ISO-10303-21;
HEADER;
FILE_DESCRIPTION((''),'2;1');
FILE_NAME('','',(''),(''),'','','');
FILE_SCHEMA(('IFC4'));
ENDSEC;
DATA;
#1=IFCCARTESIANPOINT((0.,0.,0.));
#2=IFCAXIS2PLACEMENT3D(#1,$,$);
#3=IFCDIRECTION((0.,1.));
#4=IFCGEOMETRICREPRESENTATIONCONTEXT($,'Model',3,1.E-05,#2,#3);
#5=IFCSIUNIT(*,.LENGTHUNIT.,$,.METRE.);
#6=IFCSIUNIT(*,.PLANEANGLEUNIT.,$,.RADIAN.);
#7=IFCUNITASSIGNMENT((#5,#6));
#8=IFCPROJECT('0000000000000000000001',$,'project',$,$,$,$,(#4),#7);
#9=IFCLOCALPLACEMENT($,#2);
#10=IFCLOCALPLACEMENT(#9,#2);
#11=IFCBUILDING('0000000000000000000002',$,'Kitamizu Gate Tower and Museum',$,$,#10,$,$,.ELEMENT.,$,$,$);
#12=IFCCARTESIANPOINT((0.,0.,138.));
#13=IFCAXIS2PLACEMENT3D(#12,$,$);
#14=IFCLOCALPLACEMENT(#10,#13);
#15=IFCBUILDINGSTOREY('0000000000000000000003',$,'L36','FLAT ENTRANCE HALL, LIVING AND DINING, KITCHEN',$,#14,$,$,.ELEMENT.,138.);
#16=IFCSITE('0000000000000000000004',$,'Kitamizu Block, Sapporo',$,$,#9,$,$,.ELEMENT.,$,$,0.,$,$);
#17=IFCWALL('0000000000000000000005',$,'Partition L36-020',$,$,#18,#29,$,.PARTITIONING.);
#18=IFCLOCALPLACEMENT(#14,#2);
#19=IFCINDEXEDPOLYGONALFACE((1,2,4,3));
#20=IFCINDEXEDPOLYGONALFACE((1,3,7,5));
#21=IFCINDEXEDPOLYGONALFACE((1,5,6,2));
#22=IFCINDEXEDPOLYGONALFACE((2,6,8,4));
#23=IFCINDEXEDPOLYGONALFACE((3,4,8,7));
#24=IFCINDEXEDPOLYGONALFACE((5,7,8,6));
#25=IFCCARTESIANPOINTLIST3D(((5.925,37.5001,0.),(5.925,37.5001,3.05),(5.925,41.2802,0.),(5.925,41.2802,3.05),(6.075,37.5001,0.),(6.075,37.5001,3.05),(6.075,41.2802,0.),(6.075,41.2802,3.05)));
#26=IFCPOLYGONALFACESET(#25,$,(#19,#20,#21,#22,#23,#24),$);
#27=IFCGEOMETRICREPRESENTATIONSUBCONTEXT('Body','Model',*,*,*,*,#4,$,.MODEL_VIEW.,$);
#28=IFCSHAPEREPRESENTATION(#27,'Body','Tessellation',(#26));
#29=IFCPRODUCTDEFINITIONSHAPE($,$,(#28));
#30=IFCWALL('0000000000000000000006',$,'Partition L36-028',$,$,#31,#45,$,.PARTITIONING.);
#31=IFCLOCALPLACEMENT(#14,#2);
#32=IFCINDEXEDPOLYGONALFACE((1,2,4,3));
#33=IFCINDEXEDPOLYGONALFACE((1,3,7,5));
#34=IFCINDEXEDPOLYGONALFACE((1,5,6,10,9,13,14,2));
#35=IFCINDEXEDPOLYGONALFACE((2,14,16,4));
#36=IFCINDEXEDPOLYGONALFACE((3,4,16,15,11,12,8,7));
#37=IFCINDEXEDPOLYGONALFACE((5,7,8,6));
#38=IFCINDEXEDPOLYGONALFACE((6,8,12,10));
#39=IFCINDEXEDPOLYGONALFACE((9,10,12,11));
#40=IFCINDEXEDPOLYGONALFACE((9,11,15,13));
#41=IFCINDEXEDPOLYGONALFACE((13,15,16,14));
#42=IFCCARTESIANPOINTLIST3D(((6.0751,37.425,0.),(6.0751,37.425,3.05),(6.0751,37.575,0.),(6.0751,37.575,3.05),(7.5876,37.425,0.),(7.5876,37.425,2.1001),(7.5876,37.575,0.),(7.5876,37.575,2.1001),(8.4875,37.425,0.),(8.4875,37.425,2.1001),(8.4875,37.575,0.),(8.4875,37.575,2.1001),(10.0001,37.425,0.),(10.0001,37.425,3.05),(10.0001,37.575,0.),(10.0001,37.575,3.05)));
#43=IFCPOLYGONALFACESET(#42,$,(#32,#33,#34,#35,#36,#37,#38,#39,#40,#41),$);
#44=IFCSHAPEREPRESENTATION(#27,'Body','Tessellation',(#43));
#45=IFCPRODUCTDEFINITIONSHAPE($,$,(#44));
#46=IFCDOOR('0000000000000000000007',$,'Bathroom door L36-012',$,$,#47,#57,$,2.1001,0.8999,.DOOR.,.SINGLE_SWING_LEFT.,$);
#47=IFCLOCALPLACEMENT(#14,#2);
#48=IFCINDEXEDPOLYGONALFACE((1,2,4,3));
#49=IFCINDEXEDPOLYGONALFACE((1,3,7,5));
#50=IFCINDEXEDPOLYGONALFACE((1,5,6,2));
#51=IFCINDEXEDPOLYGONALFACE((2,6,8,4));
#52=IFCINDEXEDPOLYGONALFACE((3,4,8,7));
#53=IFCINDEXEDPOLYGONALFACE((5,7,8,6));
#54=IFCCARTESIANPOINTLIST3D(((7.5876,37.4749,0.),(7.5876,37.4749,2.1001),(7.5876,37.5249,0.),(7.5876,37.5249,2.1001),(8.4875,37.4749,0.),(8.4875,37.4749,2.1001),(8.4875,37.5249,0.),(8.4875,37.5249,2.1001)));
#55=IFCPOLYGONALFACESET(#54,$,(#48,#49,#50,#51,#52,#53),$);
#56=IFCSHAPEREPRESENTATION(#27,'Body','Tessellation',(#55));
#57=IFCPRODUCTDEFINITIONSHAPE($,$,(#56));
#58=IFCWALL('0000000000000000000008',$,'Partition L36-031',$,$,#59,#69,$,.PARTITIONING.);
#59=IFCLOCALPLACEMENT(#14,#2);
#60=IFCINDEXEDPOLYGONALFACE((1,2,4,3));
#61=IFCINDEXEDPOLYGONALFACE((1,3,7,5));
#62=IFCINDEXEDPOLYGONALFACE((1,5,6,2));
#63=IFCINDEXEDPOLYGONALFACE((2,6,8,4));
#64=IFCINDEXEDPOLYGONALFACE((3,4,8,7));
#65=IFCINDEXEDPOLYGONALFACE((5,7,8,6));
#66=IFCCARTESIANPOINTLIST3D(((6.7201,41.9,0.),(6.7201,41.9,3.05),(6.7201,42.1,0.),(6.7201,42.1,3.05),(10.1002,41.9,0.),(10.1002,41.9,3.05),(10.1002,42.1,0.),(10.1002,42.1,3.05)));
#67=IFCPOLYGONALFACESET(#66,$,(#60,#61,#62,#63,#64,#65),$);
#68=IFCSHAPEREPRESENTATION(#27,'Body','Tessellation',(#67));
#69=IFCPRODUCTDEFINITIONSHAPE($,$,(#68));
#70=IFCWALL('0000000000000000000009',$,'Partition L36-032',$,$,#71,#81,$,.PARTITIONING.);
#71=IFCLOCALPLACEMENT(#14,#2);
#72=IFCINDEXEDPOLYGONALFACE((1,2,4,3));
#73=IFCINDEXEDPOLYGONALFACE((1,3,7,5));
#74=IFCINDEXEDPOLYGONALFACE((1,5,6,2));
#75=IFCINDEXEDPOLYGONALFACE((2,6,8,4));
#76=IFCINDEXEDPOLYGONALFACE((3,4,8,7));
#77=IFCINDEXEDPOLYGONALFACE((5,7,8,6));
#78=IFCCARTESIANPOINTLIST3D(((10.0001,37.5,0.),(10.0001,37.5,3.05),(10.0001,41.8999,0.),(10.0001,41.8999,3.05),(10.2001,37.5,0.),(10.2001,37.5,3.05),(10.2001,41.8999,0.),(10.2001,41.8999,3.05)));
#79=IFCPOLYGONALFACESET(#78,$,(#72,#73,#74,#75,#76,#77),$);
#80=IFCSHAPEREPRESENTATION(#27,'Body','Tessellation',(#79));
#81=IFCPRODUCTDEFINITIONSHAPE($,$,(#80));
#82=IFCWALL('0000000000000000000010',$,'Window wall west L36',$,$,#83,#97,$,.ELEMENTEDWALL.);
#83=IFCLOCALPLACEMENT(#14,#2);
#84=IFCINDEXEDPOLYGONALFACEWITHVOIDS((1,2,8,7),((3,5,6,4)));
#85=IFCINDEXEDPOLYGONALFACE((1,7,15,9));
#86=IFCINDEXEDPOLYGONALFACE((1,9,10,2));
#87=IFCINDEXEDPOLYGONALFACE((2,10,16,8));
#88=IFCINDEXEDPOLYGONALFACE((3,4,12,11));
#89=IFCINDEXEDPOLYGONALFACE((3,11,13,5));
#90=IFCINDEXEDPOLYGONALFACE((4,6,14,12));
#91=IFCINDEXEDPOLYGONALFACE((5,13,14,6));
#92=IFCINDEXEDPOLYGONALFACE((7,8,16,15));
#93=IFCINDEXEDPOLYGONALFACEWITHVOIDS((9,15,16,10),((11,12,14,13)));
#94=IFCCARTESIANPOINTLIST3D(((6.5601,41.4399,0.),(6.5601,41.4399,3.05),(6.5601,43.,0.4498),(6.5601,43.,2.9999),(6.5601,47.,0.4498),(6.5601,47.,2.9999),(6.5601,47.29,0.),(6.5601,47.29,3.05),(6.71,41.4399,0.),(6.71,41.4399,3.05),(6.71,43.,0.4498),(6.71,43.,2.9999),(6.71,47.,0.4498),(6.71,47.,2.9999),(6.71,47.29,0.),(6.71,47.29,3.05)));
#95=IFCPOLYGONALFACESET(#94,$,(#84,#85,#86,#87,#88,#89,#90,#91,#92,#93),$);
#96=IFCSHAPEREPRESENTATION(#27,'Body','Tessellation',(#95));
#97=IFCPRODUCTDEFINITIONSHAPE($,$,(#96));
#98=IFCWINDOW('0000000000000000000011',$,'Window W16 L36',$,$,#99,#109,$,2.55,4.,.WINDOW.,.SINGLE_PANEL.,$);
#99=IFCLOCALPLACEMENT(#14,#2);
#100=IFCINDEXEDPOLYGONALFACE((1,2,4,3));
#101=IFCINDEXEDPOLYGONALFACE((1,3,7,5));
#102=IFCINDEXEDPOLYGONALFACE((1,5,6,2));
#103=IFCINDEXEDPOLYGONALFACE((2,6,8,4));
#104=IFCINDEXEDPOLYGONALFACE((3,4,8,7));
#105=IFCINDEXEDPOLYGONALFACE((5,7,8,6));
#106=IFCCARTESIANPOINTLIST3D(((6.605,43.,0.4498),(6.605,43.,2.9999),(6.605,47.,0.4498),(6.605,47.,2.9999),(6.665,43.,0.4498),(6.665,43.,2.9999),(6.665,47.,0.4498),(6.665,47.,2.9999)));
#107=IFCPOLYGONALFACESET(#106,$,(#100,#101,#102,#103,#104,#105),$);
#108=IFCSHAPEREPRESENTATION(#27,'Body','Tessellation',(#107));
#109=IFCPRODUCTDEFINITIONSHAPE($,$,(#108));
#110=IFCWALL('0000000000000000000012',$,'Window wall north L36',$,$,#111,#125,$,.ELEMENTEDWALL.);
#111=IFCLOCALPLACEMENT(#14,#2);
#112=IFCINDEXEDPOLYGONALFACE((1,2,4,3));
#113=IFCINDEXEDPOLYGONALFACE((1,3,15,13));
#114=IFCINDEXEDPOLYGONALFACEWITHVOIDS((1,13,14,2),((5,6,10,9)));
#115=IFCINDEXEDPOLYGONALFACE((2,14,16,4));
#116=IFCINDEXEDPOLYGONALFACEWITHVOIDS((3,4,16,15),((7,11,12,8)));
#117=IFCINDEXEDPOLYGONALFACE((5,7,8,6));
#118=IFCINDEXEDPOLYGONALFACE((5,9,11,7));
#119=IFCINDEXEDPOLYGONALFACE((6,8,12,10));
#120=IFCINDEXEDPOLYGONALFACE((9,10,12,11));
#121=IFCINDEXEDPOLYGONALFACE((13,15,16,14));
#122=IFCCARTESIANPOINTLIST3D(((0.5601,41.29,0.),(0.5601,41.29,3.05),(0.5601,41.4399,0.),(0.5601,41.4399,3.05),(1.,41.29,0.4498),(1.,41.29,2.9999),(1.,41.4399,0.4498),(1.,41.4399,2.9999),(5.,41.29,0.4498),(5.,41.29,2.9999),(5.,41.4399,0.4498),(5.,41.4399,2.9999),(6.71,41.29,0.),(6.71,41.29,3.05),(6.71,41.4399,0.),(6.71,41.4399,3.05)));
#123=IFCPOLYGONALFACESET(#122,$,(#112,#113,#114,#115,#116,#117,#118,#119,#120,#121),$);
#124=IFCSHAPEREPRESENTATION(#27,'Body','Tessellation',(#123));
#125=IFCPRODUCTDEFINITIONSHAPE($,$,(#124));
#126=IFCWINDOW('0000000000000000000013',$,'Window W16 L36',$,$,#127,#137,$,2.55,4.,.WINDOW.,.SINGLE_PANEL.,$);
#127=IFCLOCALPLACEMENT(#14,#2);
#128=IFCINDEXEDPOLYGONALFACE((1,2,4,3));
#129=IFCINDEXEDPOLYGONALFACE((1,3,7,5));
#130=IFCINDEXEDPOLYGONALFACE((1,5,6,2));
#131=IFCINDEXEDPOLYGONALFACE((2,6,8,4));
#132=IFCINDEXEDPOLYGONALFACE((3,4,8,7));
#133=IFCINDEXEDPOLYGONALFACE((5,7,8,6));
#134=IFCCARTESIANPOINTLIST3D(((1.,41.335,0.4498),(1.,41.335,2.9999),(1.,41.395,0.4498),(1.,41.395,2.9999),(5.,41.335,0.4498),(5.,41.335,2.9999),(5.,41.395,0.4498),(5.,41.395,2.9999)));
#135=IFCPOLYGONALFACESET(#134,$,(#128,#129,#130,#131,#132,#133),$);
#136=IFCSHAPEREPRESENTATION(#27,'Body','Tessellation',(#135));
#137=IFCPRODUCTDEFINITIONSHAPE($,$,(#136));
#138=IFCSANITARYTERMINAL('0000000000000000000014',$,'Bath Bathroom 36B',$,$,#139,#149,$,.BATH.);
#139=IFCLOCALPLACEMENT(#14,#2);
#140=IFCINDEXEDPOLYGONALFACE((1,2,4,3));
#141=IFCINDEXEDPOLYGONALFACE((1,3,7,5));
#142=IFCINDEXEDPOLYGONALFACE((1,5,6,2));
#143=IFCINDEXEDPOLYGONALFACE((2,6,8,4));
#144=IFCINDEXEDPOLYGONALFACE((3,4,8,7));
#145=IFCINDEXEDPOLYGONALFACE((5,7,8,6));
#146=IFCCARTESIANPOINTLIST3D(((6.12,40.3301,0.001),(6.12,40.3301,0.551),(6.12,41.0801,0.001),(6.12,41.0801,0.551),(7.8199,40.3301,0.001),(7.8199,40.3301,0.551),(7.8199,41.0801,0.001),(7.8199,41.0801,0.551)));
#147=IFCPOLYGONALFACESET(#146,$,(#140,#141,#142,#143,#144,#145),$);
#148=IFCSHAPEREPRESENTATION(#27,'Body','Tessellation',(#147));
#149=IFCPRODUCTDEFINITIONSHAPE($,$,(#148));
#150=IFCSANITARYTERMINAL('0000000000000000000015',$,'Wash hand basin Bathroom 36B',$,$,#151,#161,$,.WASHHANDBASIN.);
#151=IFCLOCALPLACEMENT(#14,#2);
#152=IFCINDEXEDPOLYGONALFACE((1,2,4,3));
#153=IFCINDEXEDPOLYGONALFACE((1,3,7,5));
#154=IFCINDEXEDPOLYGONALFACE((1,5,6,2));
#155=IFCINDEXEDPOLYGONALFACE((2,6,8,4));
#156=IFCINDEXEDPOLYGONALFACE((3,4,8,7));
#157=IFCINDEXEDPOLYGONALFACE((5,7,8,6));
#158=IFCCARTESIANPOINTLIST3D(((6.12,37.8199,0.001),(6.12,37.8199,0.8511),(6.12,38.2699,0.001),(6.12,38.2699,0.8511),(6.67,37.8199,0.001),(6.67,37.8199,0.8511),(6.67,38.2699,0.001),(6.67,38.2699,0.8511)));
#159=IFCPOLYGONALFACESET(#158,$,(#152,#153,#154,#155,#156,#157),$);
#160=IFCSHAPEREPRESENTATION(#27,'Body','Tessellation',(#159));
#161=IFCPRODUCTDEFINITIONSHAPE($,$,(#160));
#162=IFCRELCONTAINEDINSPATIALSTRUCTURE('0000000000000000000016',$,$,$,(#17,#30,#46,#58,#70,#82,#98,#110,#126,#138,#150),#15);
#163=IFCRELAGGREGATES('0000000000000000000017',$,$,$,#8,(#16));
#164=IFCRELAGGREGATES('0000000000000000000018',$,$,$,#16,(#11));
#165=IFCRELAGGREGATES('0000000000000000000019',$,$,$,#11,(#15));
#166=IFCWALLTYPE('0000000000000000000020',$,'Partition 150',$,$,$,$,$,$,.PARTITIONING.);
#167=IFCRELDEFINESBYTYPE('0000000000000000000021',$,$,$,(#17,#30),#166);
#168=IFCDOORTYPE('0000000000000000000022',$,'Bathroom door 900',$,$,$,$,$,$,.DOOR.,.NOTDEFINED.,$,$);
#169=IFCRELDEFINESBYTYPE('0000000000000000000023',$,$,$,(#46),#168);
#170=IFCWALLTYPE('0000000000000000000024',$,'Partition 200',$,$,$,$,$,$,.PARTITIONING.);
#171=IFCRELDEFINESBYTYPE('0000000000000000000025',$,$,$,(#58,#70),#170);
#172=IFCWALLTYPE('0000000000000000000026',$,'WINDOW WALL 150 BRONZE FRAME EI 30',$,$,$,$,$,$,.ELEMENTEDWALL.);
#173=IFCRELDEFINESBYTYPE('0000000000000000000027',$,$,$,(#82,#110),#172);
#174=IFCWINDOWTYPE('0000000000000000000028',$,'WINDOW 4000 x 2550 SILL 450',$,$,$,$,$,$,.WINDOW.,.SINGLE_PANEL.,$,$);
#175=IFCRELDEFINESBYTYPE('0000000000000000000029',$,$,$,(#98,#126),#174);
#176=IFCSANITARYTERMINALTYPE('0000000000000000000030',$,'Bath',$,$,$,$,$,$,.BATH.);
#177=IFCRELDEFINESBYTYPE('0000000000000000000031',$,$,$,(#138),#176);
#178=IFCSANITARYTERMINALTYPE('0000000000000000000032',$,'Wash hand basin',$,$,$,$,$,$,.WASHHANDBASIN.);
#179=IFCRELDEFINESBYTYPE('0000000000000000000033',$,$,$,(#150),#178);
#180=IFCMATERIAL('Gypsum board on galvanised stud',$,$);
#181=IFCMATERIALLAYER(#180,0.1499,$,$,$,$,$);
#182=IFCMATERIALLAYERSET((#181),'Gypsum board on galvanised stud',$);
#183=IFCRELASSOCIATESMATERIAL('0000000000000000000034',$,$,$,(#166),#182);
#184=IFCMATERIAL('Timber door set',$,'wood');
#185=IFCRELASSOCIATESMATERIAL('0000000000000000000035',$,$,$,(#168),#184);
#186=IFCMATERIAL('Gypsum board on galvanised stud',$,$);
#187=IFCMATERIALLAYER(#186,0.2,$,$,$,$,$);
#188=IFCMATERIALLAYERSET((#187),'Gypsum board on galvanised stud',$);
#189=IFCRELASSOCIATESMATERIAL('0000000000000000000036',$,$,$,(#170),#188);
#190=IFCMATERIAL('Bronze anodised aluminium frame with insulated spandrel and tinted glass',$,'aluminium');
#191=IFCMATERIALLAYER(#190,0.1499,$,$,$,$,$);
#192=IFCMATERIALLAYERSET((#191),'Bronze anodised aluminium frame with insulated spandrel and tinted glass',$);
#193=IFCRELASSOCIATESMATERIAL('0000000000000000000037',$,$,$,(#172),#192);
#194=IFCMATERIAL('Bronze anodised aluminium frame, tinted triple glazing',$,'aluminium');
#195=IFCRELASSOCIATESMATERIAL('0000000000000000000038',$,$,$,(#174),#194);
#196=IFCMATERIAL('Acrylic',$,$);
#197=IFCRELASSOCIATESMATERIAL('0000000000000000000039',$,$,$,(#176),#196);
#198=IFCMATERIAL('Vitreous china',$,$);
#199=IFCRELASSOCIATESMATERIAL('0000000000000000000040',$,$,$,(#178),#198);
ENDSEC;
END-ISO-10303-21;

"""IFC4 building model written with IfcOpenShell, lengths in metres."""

from ifc_helpers import new_model, si_unit, direction, frame, frame_2d, origin, origin_2d, place, context, subcontext, project, spatial, rectangle, extrude, material, layer, layer_set, type_object, element, fill, save


model = new_model("IFC4")

# Units and contexts
model_context = context("Model", 3, precision=1e-05, world=origin(), true_north=direction((0.0, 1.0)))
body_context = subcontext(model_context, "Body", "Model", "MODEL_VIEW")
ifc_project = project(units=[si_unit("LENGTHUNIT", "METRE"), si_unit("PLANEANGLEUNIT", "RADIAN")], contexts=[model_context])

# Site, building, storey
site_placement = place(None, origin())
site = spatial("IfcSite", under=ifc_project, at=site_placement, Name="Kitamizu Block, Sapporo", CompositionType="ELEMENT", RefElevation=0.0)
building_placement = place(site_placement, origin())
building = spatial("IfcBuilding", under=site, at=building_placement, Name="Kitamizu Gate Tower and Museum", CompositionType="ELEMENT")
storey_placement = place(building_placement, frame((0.0, 0.0, 138.0)))
storey = spatial("IfcBuildingStorey", under=building, at=storey_placement, Name="L36", Description="FLAT ENTRANCE HALL, LIVING AND DINING, KITCHEN", CompositionType="ELEMENT", Elevation=138.0)

# Wall
ifc_material_1 = material(Name="Gypsum board on galvanised stud")
ifc_layer_1 = layer(ifc_material_1, 0.1499)
ifc_layer_set_1 = layer_set([ifc_layer_1], Name="Gypsum board on galvanised stud")
wall_type_1 = type_object("IfcWallType", Name="Partition 150", PredefinedType="PARTITIONING", material=ifc_layer_set_1)
wall_1_placement = place(storey_placement, frame((6.0, 37.5, 0.0), z_axis=(0.0, 0.0, 1.0), x_axis=(0.0, 1.0, 0.0)))
element("IfcWall", 1, at=wall_1_placement, inside=storey, type_object=wall_type_1, Name="Partition L36-020", PredefinedType="PARTITIONING", context=body_context, shape_type="SweptSolid", body=[
    extrude(rectangle(XDim=3.78, YDim=0.1499, at=frame_2d((1.8901, 0.0))), origin(), (0.0, 0.0, 1.0), 3.05),
])

# Wall, opening, door
wall_2_placement = place(storey_placement, frame((10.0, 37.5, 0.0), z_axis=(0.0, 0.0, 1.0), x_axis=(-1.0, 0.0, 0.0)))
wall_2 = element("IfcWall", 2, at=wall_2_placement, inside=storey, type_object=wall_type_1, Name="Partition L36-028", PredefinedType="PARTITIONING", context=body_context, shape_type="SweptSolid", body=[
    extrude(rectangle(XDim=3.925, YDim=0.1499, at=frame_2d((1.9624, 0.0))), origin(), (0.0, 0.0, 1.0), 3.05),
])
opening_1_placement = place(wall_2_placement, frame((1.5125, 0.0, 0.0)))
opening_1 = element("IfcOpeningElement", 3, at=opening_1_placement, cuts=wall_2, PredefinedType="OPENING", context=body_context, shape_type="SweptSolid", body=[
    extrude(rectangle(XDim=0.8999, YDim=2.1001, at=frame_2d((0.45, 1.05))), frame((0.0, 0.085, 0.0), z_axis=(0.0, -1.0, 0.0), x_axis=(1.0, 0.0, 0.0)), (0.0, 0.0, 1.0), 0.1699),
])
ifc_material_2 = material(Name="Timber door set", Category="wood")
door_type = type_object("IfcDoorType", Name="Bathroom door 900", OperationType="NOTDEFINED", PredefinedType="DOOR", material=ifc_material_2)
door_placement = place(opening_1_placement, frame((0.8999, 0.0, 0.0), x_axis=(-1.0, 0.0, 0.0)))
door = element("IfcDoor", 4, at=door_placement, inside=storey, type_object=door_type, Name="Bathroom door L36-012", OperationType="SINGLE_SWING_LEFT", OverallHeight=2.1001, OverallWidth=0.8999, PredefinedType="DOOR", context=body_context, shape_type="SweptSolid", body=[
    extrude(rectangle(XDim=0.8999, YDim=2.1001, at=frame_2d((0.45, 1.05))), frame((0.0, 0.0249, 0.0), z_axis=(0.0, -1.0, 0.0), x_axis=(1.0, 0.0, 0.0)), (0.0, 0.0, 1.0), 0.05),
])
fill(opening_1, door)

# Walls
ifc_material_3 = material(Name="Gypsum board on galvanised stud")
ifc_layer_2 = layer(ifc_material_3, 0.2)
ifc_layer_set_2 = layer_set([ifc_layer_2], Name="Gypsum board on galvanised stud")
wall_type_2 = type_object("IfcWallType", Name="Partition 200", PredefinedType="PARTITIONING", material=ifc_layer_set_2)
wall_3_placement = place(storey_placement, frame((10.1001, 42.0, 0.0), z_axis=(0.0, 0.0, 1.0), x_axis=(-1.0, 0.0, 0.0)))
element("IfcWall", 5, at=wall_3_placement, inside=storey, type_object=wall_type_2, Name="Partition L36-031", PredefinedType="PARTITIONING", context=body_context, shape_type="SweptSolid", body=[
    extrude(rectangle(XDim=3.3801, YDim=0.2, at=frame_2d((1.6899, 0.0))), origin(), (0.0, 0.0, 1.0), 3.05),
])
wall_4_placement = place(storey_placement, frame((10.1001, 37.5, 0.0), z_axis=(0.0, 0.0, 1.0), x_axis=(0.0, 1.0, 0.0)))
element("IfcWall", 6, at=wall_4_placement, inside=storey, type_object=wall_type_2, Name="Partition L36-032", PredefinedType="PARTITIONING", context=body_context, shape_type="SweptSolid", body=[
    extrude(rectangle(XDim=4.3999, YDim=0.2, at=frame_2d((2.2, 0.0))), origin(), (0.0, 0.0, 1.0), 3.05),
])

# Shared definitions
ifc_material_4 = material(Name="Bronze anodised aluminium frame with insulated spandrel and tinted glass", Category="aluminium")
ifc_layer_3 = layer(ifc_material_4, 0.1499)
ifc_layer_set_3 = layer_set([ifc_layer_3], Name="Bronze anodised aluminium frame with insulated spandrel and tinted glass")
wall_type_3 = type_object("IfcWallType", Name="WINDOW WALL 150 BRONZE FRAME EI 30", PredefinedType="ELEMENTEDWALL", material=ifc_layer_set_3)

# Walls, openings, windows
wall_5_placement = place(storey_placement, frame((6.635, 41.4399, 0.0), z_axis=(0.0, 0.0, 1.0), x_axis=(0.0, 1.0, 0.0)))
wall_5 = element("IfcWall", 7, at=wall_5_placement, inside=storey, type_object=wall_type_3, Name="Window wall west L36", PredefinedType="ELEMENTEDWALL", context=body_context, shape_type="SweptSolid", body=[
    extrude(rectangle(XDim=5.8501, YDim=0.1499, at=frame_2d((2.925, 0.0))), origin(), (0.0, 0.0, 1.0), 3.05),
])
opening_2_placement = place(wall_5_placement, frame((1.5601, 0.0, 0.45)))
opening_2 = element("IfcOpeningElement", 8, at=opening_2_placement, cuts=wall_5, PredefinedType="OPENING", context=body_context, shape_type="SweptSolid", body=[
    extrude(rectangle(XDim=4.0, YDim=2.55, at=frame_2d((2.0, 1.2749))), frame((0.0, 0.085, 0.0), z_axis=(0.0, -1.0, 0.0), x_axis=(1.0, 0.0, 0.0)), (0.0, 0.0, 1.0), 0.1699),
])
ifc_material_5 = material(Name="Bronze anodised aluminium frame, tinted triple glazing", Category="aluminium")
window_type_1 = type_object("IfcWindowType", Name="WINDOW 4000 x 2550 SILL 450", PartitioningType="SINGLE_PANEL", PredefinedType="WINDOW", material=ifc_material_5)
window_1_placement = place(opening_2_placement, origin())
window_1 = element("IfcWindow", 9, at=window_1_placement, inside=storey, type_object=window_type_1, Name="Window W16 L36", OverallHeight=2.55, OverallWidth=4.0, PartitioningType="SINGLE_PANEL", PredefinedType="WINDOW", context=body_context, shape_type="SweptSolid", body=[
    extrude(rectangle(XDim=4.0, YDim=2.55, at=frame_2d((2.0, 1.2749))), frame((0.0, 0.03, 0.0), z_axis=(0.0, -1.0, 0.0), x_axis=(1.0, 0.0, 0.0)), (0.0, 0.0, 1.0), 0.0601),
])
fill(opening_2, window_1)
wall_6_placement = place(storey_placement, frame((0.5601, 41.365, 0.0), z_axis=(0.0, 0.0, 1.0), x_axis=(1.0, 0.0, 0.0)))
wall_6 = element("IfcWall", 10, at=wall_6_placement, inside=storey, type_object=wall_type_3, Name="Window wall north L36", PredefinedType="ELEMENTEDWALL", context=body_context, shape_type="SweptSolid", body=[
    extrude(rectangle(XDim=6.1499, YDim=0.1499, at=frame_2d((3.075, 0.0))), origin(), (0.0, 0.0, 1.0), 3.05),
])
opening_3_placement = place(wall_6_placement, frame((0.4399, 0.0, 0.45)))
opening_3 = element("IfcOpeningElement", 11, at=opening_3_placement, cuts=wall_6, PredefinedType="OPENING", context=body_context, shape_type="SweptSolid", body=[
    extrude(rectangle(XDim=4.0, YDim=2.55, at=frame_2d((2.0, 1.2749))), frame((0.0, 0.085, 0.0), z_axis=(0.0, -1.0, 0.0), x_axis=(1.0, 0.0, 0.0)), (0.0, 0.0, 1.0), 0.1699),
])
window_2_placement = place(opening_3_placement, origin())
window_2 = element("IfcWindow", 12, at=window_2_placement, inside=storey, type_object=window_type_1, Name="Window W16 L36", OverallHeight=2.55, OverallWidth=4.0, PartitioningType="SINGLE_PANEL", PredefinedType="WINDOW", context=body_context, shape_type="SweptSolid", body=[
    extrude(rectangle(XDim=4.0, YDim=2.55, at=frame_2d((2.0, 1.2749))), frame((0.0, 0.03, 0.0), z_axis=(0.0, -1.0, 0.0), x_axis=(1.0, 0.0, 0.0)), (0.0, 0.0, 1.0), 0.0601),
])
fill(opening_3, window_2)

# Sanitary terminals
ifc_material_6 = material(Name="Acrylic")
sanitary_terminal_type_1 = type_object("IfcSanitaryTerminalType", Name="Bath", PredefinedType="BATH", material=ifc_material_6)
sanitary_terminal_1_placement = place(storey_placement, frame((6.97, 40.7051, 0.001), z_axis=(0.0, 0.0, 1.0), x_axis=(1.0, 0.0, 0.0)))
element("IfcSanitaryTerminal", 13, at=sanitary_terminal_1_placement, inside=storey, type_object=sanitary_terminal_type_1, Name="Bath Bathroom 36B", PredefinedType="BATH", context=body_context, shape_type="SweptSolid", body=[
    extrude(rectangle(XDim=1.7, YDim=0.75, at=origin_2d()), origin(), (0.0, 0.0, 1.0), 0.55),
])
ifc_material_7 = material(Name="Vitreous china")
sanitary_terminal_type_2 = type_object("IfcSanitaryTerminalType", Name="Wash hand basin", PredefinedType="WASHHANDBASIN", material=ifc_material_7)
sanitary_terminal_2_placement = place(storey_placement, frame((6.395, 38.0449, 0.001), z_axis=(0.0, 0.0, 1.0), x_axis=(1.0, 0.0, 0.0)))
element("IfcSanitaryTerminal", 14, at=sanitary_terminal_2_placement, inside=storey, type_object=sanitary_terminal_type_2, Name="Wash hand basin Bathroom 36B", PredefinedType="WASHHANDBASIN", context=body_context, shape_type="SweptSolid", body=[
    extrude(rectangle(XDim=0.55, YDim=0.45, at=origin_2d()), origin(), (0.0, 0.0, 1.0), 0.8501),
])

save(model, "model.ifc")
